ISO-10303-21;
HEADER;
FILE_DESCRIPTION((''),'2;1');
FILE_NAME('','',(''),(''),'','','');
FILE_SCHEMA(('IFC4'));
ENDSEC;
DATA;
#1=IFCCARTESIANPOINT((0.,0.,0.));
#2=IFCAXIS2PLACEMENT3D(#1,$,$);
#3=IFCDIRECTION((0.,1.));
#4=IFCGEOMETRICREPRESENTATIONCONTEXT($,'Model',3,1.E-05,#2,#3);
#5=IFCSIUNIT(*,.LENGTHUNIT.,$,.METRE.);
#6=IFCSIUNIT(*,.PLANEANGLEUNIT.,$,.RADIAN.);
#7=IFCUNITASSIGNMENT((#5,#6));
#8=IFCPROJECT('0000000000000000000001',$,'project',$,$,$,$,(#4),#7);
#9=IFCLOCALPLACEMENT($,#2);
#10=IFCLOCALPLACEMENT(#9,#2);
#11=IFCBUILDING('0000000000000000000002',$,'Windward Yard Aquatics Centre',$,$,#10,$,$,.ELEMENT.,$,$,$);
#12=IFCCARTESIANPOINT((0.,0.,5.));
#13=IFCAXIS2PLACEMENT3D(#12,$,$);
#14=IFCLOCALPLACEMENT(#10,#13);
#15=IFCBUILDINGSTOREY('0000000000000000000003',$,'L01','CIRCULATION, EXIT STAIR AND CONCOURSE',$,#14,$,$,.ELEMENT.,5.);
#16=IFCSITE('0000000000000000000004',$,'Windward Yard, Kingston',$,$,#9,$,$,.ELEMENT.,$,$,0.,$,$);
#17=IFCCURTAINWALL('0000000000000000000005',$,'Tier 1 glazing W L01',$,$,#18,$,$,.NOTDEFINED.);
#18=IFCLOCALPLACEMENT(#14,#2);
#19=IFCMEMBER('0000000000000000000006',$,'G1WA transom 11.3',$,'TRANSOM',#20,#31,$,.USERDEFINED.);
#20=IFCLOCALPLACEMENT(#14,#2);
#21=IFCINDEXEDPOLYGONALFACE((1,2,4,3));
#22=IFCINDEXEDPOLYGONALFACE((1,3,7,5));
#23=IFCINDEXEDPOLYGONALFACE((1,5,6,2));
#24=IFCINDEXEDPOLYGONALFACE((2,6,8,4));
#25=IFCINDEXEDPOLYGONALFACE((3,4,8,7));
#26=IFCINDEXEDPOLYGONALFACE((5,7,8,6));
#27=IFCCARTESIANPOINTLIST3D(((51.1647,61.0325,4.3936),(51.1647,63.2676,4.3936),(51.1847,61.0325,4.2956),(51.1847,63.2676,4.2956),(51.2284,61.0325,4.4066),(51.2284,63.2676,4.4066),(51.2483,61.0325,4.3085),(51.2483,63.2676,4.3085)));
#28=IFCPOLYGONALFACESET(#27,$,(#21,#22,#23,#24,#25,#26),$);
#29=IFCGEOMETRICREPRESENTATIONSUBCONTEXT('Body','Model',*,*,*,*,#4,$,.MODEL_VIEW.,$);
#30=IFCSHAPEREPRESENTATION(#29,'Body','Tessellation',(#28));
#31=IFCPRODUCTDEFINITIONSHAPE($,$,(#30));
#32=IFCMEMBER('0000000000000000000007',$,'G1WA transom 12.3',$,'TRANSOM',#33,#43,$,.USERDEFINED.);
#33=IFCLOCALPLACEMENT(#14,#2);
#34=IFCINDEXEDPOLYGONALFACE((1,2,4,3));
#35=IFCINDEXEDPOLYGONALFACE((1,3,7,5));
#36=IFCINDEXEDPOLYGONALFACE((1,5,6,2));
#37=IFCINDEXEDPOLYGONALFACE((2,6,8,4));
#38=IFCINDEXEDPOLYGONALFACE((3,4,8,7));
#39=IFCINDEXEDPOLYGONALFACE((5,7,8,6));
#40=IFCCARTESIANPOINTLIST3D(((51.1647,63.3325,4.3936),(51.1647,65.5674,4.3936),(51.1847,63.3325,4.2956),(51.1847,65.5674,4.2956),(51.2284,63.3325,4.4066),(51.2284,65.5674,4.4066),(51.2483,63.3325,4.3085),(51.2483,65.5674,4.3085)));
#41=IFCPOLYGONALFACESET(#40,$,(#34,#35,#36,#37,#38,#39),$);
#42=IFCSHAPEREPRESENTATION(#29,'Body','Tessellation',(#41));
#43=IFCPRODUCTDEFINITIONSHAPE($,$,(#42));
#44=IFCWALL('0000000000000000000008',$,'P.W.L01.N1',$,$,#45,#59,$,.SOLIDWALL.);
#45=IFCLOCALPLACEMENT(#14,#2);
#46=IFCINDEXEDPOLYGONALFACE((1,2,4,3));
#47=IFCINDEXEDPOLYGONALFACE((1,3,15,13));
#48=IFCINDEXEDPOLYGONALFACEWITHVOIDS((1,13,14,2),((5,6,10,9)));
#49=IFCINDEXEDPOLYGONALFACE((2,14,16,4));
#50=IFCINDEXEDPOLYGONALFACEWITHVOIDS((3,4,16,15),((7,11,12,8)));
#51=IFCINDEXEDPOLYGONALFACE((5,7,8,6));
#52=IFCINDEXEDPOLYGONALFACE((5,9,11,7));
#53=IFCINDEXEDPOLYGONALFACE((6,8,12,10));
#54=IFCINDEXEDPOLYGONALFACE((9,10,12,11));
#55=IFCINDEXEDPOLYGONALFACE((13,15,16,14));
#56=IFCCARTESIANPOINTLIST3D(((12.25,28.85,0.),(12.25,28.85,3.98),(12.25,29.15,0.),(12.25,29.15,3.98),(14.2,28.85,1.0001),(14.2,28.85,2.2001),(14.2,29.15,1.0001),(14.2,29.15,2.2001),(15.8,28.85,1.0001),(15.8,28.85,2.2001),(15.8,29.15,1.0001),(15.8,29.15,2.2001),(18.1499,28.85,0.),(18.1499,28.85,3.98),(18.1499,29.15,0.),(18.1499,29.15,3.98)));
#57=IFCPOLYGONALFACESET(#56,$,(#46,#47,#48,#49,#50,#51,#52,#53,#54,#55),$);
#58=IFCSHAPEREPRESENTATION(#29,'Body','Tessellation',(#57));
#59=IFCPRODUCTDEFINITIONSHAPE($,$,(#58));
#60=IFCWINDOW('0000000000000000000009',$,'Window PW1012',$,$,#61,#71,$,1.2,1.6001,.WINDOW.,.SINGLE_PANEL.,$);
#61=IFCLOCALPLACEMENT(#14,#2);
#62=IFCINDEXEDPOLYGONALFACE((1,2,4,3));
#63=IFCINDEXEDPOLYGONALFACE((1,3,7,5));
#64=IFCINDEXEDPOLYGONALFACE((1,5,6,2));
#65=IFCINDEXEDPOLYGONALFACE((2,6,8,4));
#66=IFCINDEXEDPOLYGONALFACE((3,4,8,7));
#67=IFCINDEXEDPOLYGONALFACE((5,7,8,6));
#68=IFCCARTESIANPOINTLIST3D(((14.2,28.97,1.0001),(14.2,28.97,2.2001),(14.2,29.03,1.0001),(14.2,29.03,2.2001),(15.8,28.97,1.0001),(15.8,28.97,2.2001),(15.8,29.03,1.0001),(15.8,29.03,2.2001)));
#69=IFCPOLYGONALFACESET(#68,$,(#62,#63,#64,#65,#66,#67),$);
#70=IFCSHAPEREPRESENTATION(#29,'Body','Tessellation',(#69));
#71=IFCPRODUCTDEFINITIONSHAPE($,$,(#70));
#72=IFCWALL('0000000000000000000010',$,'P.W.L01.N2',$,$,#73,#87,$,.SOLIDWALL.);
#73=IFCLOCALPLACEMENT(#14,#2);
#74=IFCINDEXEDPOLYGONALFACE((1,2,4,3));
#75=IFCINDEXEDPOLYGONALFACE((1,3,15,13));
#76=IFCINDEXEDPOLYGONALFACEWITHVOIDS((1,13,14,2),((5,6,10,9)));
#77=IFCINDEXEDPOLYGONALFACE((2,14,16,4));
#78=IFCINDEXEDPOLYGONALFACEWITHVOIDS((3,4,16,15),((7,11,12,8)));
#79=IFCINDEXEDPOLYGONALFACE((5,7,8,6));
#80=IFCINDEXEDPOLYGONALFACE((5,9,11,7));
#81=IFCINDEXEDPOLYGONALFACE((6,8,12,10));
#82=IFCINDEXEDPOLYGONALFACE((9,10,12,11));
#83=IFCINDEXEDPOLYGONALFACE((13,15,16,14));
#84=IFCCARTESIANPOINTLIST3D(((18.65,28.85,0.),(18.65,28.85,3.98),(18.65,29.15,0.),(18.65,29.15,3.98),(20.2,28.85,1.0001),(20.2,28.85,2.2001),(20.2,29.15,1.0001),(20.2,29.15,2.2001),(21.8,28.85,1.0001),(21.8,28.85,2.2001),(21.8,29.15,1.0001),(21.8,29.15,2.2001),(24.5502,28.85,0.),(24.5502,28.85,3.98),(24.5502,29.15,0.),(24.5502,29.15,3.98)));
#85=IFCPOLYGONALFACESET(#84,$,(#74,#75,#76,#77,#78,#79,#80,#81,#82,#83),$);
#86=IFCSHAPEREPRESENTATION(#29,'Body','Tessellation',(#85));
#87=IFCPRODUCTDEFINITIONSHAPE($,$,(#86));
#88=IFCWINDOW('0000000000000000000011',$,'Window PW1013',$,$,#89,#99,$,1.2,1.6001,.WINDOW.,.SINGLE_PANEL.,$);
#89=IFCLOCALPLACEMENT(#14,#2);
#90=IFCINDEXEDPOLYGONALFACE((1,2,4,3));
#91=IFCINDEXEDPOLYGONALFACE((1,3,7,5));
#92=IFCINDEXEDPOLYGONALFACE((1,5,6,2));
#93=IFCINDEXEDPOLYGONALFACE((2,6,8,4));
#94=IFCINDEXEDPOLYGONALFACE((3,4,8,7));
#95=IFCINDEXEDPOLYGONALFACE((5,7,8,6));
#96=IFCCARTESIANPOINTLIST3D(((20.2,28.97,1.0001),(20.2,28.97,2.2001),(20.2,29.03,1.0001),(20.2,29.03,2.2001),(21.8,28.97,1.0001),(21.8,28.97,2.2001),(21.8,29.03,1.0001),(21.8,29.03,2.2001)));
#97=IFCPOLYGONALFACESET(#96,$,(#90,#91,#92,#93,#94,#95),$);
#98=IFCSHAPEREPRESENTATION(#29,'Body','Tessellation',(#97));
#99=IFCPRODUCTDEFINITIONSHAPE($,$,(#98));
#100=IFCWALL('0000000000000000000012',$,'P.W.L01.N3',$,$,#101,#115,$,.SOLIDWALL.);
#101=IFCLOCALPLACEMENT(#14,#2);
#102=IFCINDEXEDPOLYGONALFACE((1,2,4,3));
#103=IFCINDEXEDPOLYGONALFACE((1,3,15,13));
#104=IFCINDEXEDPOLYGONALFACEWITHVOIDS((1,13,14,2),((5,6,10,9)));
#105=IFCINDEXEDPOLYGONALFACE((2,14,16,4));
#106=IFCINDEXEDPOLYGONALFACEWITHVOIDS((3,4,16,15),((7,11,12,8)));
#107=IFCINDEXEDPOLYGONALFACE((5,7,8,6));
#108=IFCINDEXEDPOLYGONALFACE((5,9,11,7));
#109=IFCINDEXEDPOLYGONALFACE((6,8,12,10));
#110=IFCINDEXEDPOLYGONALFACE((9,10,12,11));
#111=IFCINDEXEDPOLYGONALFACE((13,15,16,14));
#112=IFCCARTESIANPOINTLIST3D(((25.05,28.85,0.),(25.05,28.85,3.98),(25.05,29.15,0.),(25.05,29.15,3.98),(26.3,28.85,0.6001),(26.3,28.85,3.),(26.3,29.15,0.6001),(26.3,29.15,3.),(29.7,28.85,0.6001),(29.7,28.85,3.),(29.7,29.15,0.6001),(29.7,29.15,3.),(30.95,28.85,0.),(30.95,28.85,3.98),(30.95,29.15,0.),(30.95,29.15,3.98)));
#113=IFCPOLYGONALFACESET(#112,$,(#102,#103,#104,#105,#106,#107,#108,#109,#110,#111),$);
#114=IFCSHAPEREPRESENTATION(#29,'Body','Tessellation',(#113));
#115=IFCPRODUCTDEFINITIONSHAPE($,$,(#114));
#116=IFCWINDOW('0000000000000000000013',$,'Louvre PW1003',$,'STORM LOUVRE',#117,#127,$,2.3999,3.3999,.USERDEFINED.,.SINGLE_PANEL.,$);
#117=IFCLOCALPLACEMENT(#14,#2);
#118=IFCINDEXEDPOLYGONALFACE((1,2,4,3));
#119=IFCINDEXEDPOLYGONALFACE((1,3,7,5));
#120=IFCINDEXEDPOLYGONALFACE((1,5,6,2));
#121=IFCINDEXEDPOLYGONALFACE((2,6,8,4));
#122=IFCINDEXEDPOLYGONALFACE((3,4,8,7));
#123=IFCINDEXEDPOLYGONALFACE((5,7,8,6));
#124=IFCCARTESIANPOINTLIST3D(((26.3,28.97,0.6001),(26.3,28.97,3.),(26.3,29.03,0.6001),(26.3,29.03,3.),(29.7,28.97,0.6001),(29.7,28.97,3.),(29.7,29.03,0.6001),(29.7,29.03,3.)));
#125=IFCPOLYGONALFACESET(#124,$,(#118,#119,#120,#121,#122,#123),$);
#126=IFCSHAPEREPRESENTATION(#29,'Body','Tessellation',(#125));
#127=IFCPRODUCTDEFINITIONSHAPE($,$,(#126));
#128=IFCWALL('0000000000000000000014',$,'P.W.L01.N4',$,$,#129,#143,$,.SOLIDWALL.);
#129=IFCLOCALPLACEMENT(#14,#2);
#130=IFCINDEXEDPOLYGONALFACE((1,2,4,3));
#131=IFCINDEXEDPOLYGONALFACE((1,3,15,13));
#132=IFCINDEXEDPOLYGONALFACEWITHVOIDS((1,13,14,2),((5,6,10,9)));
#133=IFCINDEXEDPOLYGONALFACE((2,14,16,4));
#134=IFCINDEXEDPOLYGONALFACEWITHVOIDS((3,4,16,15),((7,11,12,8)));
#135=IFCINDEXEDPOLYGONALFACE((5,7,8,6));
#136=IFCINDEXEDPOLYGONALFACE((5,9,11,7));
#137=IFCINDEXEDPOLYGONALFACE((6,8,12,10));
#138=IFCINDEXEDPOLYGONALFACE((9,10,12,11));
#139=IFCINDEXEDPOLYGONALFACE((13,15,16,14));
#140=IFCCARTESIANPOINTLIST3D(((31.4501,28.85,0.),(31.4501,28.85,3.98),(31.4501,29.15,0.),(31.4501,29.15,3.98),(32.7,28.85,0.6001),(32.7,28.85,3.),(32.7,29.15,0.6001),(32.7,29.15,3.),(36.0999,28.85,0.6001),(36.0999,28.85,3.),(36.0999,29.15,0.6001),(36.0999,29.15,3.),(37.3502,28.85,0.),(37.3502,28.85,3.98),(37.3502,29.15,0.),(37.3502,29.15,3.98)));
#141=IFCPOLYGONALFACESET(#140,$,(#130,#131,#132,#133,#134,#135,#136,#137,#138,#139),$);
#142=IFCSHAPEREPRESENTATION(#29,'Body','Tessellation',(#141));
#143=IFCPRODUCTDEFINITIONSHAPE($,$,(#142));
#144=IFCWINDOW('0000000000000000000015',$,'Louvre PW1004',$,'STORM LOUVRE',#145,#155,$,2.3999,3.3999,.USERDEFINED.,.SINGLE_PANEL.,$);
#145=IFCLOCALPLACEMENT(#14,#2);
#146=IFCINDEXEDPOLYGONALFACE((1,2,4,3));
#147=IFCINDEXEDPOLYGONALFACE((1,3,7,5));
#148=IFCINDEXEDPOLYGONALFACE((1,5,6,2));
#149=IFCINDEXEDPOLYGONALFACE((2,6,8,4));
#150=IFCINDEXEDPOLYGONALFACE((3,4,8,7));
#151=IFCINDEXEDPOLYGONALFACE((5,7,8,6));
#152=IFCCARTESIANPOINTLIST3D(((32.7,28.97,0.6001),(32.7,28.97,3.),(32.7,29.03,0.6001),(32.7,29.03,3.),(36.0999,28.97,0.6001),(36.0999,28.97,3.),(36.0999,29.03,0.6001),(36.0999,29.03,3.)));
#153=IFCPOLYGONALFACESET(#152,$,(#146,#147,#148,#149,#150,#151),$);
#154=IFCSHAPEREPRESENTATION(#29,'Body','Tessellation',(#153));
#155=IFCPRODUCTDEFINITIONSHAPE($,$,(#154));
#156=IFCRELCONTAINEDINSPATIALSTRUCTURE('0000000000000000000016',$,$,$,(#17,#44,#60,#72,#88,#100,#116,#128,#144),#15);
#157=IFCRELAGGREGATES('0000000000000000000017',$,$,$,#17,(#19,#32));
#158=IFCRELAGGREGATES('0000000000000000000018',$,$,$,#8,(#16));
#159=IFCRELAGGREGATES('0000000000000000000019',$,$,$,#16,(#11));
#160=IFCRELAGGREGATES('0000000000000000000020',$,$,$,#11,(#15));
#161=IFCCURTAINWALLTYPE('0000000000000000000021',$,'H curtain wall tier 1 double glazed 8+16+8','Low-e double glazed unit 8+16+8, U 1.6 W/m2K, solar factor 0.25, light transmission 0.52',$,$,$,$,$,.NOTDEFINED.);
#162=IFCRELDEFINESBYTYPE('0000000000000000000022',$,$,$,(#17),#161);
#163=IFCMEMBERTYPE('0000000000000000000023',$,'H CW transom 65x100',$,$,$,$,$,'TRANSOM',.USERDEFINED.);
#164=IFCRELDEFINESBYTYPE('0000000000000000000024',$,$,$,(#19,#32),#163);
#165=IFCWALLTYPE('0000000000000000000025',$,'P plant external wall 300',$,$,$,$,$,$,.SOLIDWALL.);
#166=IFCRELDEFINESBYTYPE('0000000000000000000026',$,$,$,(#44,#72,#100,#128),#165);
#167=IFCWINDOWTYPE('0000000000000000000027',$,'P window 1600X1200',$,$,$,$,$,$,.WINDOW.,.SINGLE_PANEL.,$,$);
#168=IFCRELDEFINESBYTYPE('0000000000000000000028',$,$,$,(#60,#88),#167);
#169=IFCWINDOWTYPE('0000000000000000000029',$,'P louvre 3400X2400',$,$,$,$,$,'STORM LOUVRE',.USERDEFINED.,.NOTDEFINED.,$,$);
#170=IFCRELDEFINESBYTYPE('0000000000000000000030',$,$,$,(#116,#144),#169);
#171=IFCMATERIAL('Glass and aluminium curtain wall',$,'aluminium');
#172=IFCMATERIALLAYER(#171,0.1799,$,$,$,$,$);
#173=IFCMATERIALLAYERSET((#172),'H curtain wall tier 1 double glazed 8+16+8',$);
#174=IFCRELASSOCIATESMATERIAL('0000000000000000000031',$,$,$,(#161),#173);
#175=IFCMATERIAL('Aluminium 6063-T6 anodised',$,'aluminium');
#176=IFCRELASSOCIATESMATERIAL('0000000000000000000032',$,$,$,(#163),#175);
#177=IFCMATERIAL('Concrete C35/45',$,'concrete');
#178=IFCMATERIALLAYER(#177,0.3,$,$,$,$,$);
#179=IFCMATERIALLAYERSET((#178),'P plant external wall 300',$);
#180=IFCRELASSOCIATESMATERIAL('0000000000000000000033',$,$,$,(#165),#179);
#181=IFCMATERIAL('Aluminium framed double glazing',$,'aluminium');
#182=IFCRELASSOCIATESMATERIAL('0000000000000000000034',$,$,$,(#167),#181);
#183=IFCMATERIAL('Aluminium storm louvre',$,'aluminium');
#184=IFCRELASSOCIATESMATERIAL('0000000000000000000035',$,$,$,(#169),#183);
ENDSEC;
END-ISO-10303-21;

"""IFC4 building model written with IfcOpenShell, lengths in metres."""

from ifc_helpers import new_model, si_unit, direction, frame, frame_2d, origin, origin_2d, place, context, subcontext, project, spatial, rectangle, extrude, material, layer, layer_set, material_profile, profile_set, type_object, element, fill, aggregate, save


model = new_model("IFC4")

# Units and contexts
model_context = context("Model", 3, precision=1e-05, world=origin(), true_north=direction((0.0, 1.0)))
body_context = subcontext(model_context, "Body", "Model", "MODEL_VIEW")
ifc_project = project(units=[si_unit("LENGTHUNIT", "METRE"), si_unit("PLANEANGLEUNIT", "RADIAN")], contexts=[model_context])

# Site, building, storey
site_placement = place(None, origin())
site = spatial("IfcSite", under=ifc_project, at=site_placement, Name="Windward Yard, Kingston", CompositionType="ELEMENT", RefElevation=0.0)
building_placement = place(site_placement, origin())
building = spatial("IfcBuilding", under=site, at=building_placement, Name="Windward Yard Aquatics Centre", CompositionType="ELEMENT")
storey_placement = place(building_placement, frame((0.0, 0.0, 5.0)))
storey = spatial("IfcBuildingStorey", under=building, at=storey_placement, Name="L01", Description="CIRCULATION, EXIT STAIR AND CONCOURSE", CompositionType="ELEMENT", Elevation=5.0)

# Shared definitions
ifc_material_1 = material(Name="Concrete C35/45", Category="concrete")

# Curtain wall, members
ifc_material_2 = material(Name="Glass and aluminium curtain wall", Category="aluminium")
ifc_layer_1 = layer(ifc_material_2, 0.1799)
ifc_layer_set_1 = layer_set([ifc_layer_1], Name="H curtain wall tier 1 double glazed 8+16+8")
curtain_wall_type = type_object("IfcCurtainWallType", Name="H curtain wall tier 1 double glazed 8+16+8", Description="Low-e double glazed unit 8+16+8, U 1.6 W/m2K, solar factor 0.25, light transmission 0.52", PredefinedType="NOTDEFINED", material=ifc_layer_set_1)
curtain_wall_placement = place(storey_placement, origin())
curtain_wall = element("IfcCurtainWall", 1, at=curtain_wall_placement, inside=storey, type_object=curtain_wall_type, Name="Tier 1 glazing W L01", PredefinedType="NOTDEFINED")
ifc_material_3 = material(Name="Aluminium 6063-T6 anodised", Category="aluminium")
ifc_material_profile_1 = material_profile(ifc_material_3, rectangle(XDim=0.0649, YDim=0.1001, at=origin_2d()), Name="H CW transom 65x100")
ifc_profile_set_1 = profile_set([ifc_material_profile_1], Name="Aluminium 6063-T6 anodised")
member_type = type_object("IfcMemberType", Name="H CW transom 65x100", ElementType="TRANSOM", PredefinedType="USERDEFINED", material=ifc_profile_set_1)
member_1_placement = place(storey_placement, frame((51.2065, 61.0325, 4.3511), z_axis=(0.0, 1.0, 0.0), x_axis=(0.979925, 0.0, 0.199368)))
member_1 = element("IfcMember", 2, at=member_1_placement, type_object=member_type, Name="G1WA transom 11.3", ObjectType="TRANSOM", PredefinedType="USERDEFINED", context=body_context, shape_type="SweptSolid", body=[
    extrude(rectangle(XDim=0.0649, YDim=0.1001, at=origin_2d()), origin(), (0.0, 0.0, 1.0), 2.2351),
])
member_2_placement = place(storey_placement, frame((51.2065, 63.3325, 4.3511), z_axis=(0.0, 1.0, 0.0), x_axis=(0.979925, 0.0, 0.199368)))
member_2 = element("IfcMember", 3, at=member_2_placement, type_object=member_type, Name="G1WA transom 12.3", ObjectType="TRANSOM", PredefinedType="USERDEFINED", context=body_context, shape_type="SweptSolid", body=[
    extrude(rectangle(XDim=0.0649, YDim=0.1001, at=origin_2d()), origin(), (0.0, 0.0, 1.0), 2.2349),
])
aggregate(curtain_wall, [member_1, member_2])

# Walls, openings, windows
ifc_layer_2 = layer(ifc_material_1, 0.3)
ifc_layer_set_2 = layer_set([ifc_layer_2], Name="P plant external wall 300")
wall_type = type_object("IfcWallType", Name="P plant external wall 300", PredefinedType="SOLIDWALL", material=ifc_layer_set_2)
wall_1_placement = place(storey_placement, frame((12.25, 29.0, 0.0), z_axis=(0.0, 0.0, 1.0), x_axis=(1.0, 0.0, 0.0)))
wall_1 = element("IfcWall", 4, at=wall_1_placement, inside=storey, type_object=wall_type, Name="P.W.L01.N1", PredefinedType="SOLIDWALL", context=body_context, shape_type="SweptSolid", body=[
    extrude(rectangle(XDim=5.8999, YDim=0.3, at=frame_2d((2.95, 0.0))), origin(), (0.0, 0.0, 1.0), 3.98),
])
opening_1_placement = place(wall_1_placement, frame((1.95, 0.0, 1.0)))
opening_1 = element("IfcOpeningElement", 5, at=opening_1_placement, cuts=wall_1, PredefinedType="OPENING", context=body_context, shape_type="SweptSolid", body=[
    extrude(rectangle(XDim=1.6001, YDim=1.2, at=frame_2d((0.8, 0.6001))), frame((0.0, 0.1602, 0.0), z_axis=(0.0, -1.0, 0.0), x_axis=(1.0, 0.0, 0.0)), (0.0, 0.0, 1.0), 0.3201),
])
ifc_material_4 = material(Name="Aluminium framed double glazing", Category="aluminium")
window_type_1 = type_object("IfcWindowType", Name="P window 1600X1200", PartitioningType="SINGLE_PANEL", PredefinedType="WINDOW", material=ifc_material_4)
window_1_placement = place(opening_1_placement, origin())
window_1 = element("IfcWindow", 6, at=window_1_placement, inside=storey, type_object=window_type_1, Name="Window PW1012", OverallHeight=1.2, OverallWidth=1.6001, PartitioningType="SINGLE_PANEL", PredefinedType="WINDOW", context=body_context, shape_type="SweptSolid", body=[
    extrude(rectangle(XDim=1.6001, YDim=1.2, at=frame_2d((0.8, 0.6001))), frame((0.0, 0.03, 0.0), z_axis=(0.0, -1.0, 0.0), x_axis=(1.0, 0.0, 0.0)), (0.0, 0.0, 1.0), 0.0601),
])
fill(opening_1, window_1)
wall_2_placement = place(storey_placement, frame((18.6499, 29.0, 0.0), z_axis=(0.0, 0.0, 1.0), x_axis=(1.0, 0.0, 0.0)))
wall_2 = element("IfcWall", 7, at=wall_2_placement, inside=storey, type_object=wall_type, Name="P.W.L01.N2", PredefinedType="SOLIDWALL", context=body_context, shape_type="SweptSolid", body=[
    extrude(rectangle(XDim=5.9001, YDim=0.3, at=frame_2d((2.9502, 0.0))), origin(), (0.0, 0.0, 1.0), 3.98),
])
opening_2_placement = place(wall_2_placement, frame((1.55, 0.0, 1.0)))
opening_2 = element("IfcOpeningElement", 8, at=opening_2_placement, cuts=wall_2, PredefinedType="OPENING", context=body_context, shape_type="SweptSolid", body=[
    extrude(rectangle(XDim=1.6001, YDim=1.2, at=frame_2d((0.8, 0.6001))), frame((0.0, 0.1602, 0.0), z_axis=(0.0, -1.0, 0.0), x_axis=(1.0, 0.0, 0.0)), (0.0, 0.0, 1.0), 0.3201),
])
window_2_placement = place(opening_2_placement, origin())
window_2 = element("IfcWindow", 9, at=window_2_placement, inside=storey, type_object=window_type_1, Name="Window PW1013", OverallHeight=1.2, OverallWidth=1.6001, PartitioningType="SINGLE_PANEL", PredefinedType="WINDOW", context=body_context, shape_type="SweptSolid", body=[
    extrude(rectangle(XDim=1.6001, YDim=1.2, at=frame_2d((0.8, 0.6001))), frame((0.0, 0.03, 0.0), z_axis=(0.0, -1.0, 0.0), x_axis=(1.0, 0.0, 0.0)), (0.0, 0.0, 1.0), 0.0601),
])
fill(opening_2, window_2)
wall_3_placement = place(storey_placement, frame((25.05, 29.0, 0.0), z_axis=(0.0, 0.0, 1.0), x_axis=(1.0, 0.0, 0.0)))
wall_3 = element("IfcWall", 10, at=wall_3_placement, inside=storey, type_object=wall_type, Name="P.W.L01.N3", PredefinedType="SOLIDWALL", context=body_context, shape_type="SweptSolid", body=[
    extrude(rectangle(XDim=5.8999, YDim=0.3, at=frame_2d((2.95, 0.0))), origin(), (0.0, 0.0, 1.0), 3.98),
])
opening_3_placement = place(wall_3_placement, frame((1.25, 0.0, 0.6001)))
opening_3 = element("IfcOpeningElement", 11, at=opening_3_placement, cuts=wall_3, PredefinedType="OPENING", context=body_context, shape_type="SweptSolid", body=[
    extrude(rectangle(XDim=3.3999, YDim=2.3999, at=frame_2d((1.7, 1.2))), frame((0.0, 0.1602, 0.0), z_axis=(0.0, -1.0, 0.0), x_axis=(1.0, 0.0, 0.0)), (0.0, 0.0, 1.0), 0.3201),
])
ifc_material_5 = material(Name="Aluminium storm louvre", Category="aluminium")
window_type_2 = type_object("IfcWindowType", Name="P louvre 3400X2400", ElementType="STORM LOUVRE", PartitioningType="NOTDEFINED", PredefinedType="USERDEFINED", material=ifc_material_5)
window_3_placement = place(opening_3_placement, origin())
window_3 = element("IfcWindow", 12, at=window_3_placement, inside=storey, type_object=window_type_2, Name="Louvre PW1003", ObjectType="STORM LOUVRE", OverallHeight=2.3999, OverallWidth=3.3999, PartitioningType="SINGLE_PANEL", PredefinedType="USERDEFINED", context=body_context, shape_type="SweptSolid", body=[
    extrude(rectangle(XDim=3.3999, YDim=2.3999, at=frame_2d((1.7, 1.2))), frame((0.0, 0.03, 0.0), z_axis=(0.0, -1.0, 0.0), x_axis=(1.0, 0.0, 0.0)), (0.0, 0.0, 1.0), 0.0601),
])
fill(opening_3, window_3)
wall_4_placement = place(storey_placement, frame((31.45, 29.0, 0.0), z_axis=(0.0, 0.0, 1.0), x_axis=(1.0, 0.0, 0.0)))
wall_4 = element("IfcWall", 13, at=wall_4_placement, inside=storey, type_object=wall_type, Name="P.W.L01.N4", PredefinedType="SOLIDWALL", context=body_context, shape_type="SweptSolid", body=[
    extrude(rectangle(XDim=5.9001, YDim=0.3, at=frame_2d((2.9502, 0.0))), origin(), (0.0, 0.0, 1.0), 3.98),
])
opening_4_placement = place(wall_4_placement, frame((1.25, 0.0, 0.6001)))
opening_4 = element("IfcOpeningElement", 14, at=opening_4_placement, cuts=wall_4, PredefinedType="OPENING", context=body_context, shape_type="SweptSolid", body=[
    extrude(rectangle(XDim=3.3999, YDim=2.3999, at=frame_2d((1.7, 1.2))), frame((0.0, 0.1602, 0.0), z_axis=(0.0, -1.0, 0.0), x_axis=(1.0, 0.0, 0.0)), (0.0, 0.0, 1.0), 0.3201),
])
window_4_placement = place(opening_4_placement, origin())
window_4 = element("IfcWindow", 15, at=window_4_placement, inside=storey, type_object=window_type_2, Name="Louvre PW1004", ObjectType="STORM LOUVRE", OverallHeight=2.3999, OverallWidth=3.3999, PartitioningType="SINGLE_PANEL", PredefinedType="USERDEFINED", context=body_context, shape_type="SweptSolid", body=[
    extrude(rectangle(XDim=3.3999, YDim=2.3999, at=frame_2d((1.7, 1.2))), frame((0.0, 0.03, 0.0), z_axis=(0.0, -1.0, 0.0), x_axis=(1.0, 0.0, 0.0)), (0.0, 0.0, 1.0), 0.0601),
])
fill(opening_4, window_4)

save(model, "model.ifc")
